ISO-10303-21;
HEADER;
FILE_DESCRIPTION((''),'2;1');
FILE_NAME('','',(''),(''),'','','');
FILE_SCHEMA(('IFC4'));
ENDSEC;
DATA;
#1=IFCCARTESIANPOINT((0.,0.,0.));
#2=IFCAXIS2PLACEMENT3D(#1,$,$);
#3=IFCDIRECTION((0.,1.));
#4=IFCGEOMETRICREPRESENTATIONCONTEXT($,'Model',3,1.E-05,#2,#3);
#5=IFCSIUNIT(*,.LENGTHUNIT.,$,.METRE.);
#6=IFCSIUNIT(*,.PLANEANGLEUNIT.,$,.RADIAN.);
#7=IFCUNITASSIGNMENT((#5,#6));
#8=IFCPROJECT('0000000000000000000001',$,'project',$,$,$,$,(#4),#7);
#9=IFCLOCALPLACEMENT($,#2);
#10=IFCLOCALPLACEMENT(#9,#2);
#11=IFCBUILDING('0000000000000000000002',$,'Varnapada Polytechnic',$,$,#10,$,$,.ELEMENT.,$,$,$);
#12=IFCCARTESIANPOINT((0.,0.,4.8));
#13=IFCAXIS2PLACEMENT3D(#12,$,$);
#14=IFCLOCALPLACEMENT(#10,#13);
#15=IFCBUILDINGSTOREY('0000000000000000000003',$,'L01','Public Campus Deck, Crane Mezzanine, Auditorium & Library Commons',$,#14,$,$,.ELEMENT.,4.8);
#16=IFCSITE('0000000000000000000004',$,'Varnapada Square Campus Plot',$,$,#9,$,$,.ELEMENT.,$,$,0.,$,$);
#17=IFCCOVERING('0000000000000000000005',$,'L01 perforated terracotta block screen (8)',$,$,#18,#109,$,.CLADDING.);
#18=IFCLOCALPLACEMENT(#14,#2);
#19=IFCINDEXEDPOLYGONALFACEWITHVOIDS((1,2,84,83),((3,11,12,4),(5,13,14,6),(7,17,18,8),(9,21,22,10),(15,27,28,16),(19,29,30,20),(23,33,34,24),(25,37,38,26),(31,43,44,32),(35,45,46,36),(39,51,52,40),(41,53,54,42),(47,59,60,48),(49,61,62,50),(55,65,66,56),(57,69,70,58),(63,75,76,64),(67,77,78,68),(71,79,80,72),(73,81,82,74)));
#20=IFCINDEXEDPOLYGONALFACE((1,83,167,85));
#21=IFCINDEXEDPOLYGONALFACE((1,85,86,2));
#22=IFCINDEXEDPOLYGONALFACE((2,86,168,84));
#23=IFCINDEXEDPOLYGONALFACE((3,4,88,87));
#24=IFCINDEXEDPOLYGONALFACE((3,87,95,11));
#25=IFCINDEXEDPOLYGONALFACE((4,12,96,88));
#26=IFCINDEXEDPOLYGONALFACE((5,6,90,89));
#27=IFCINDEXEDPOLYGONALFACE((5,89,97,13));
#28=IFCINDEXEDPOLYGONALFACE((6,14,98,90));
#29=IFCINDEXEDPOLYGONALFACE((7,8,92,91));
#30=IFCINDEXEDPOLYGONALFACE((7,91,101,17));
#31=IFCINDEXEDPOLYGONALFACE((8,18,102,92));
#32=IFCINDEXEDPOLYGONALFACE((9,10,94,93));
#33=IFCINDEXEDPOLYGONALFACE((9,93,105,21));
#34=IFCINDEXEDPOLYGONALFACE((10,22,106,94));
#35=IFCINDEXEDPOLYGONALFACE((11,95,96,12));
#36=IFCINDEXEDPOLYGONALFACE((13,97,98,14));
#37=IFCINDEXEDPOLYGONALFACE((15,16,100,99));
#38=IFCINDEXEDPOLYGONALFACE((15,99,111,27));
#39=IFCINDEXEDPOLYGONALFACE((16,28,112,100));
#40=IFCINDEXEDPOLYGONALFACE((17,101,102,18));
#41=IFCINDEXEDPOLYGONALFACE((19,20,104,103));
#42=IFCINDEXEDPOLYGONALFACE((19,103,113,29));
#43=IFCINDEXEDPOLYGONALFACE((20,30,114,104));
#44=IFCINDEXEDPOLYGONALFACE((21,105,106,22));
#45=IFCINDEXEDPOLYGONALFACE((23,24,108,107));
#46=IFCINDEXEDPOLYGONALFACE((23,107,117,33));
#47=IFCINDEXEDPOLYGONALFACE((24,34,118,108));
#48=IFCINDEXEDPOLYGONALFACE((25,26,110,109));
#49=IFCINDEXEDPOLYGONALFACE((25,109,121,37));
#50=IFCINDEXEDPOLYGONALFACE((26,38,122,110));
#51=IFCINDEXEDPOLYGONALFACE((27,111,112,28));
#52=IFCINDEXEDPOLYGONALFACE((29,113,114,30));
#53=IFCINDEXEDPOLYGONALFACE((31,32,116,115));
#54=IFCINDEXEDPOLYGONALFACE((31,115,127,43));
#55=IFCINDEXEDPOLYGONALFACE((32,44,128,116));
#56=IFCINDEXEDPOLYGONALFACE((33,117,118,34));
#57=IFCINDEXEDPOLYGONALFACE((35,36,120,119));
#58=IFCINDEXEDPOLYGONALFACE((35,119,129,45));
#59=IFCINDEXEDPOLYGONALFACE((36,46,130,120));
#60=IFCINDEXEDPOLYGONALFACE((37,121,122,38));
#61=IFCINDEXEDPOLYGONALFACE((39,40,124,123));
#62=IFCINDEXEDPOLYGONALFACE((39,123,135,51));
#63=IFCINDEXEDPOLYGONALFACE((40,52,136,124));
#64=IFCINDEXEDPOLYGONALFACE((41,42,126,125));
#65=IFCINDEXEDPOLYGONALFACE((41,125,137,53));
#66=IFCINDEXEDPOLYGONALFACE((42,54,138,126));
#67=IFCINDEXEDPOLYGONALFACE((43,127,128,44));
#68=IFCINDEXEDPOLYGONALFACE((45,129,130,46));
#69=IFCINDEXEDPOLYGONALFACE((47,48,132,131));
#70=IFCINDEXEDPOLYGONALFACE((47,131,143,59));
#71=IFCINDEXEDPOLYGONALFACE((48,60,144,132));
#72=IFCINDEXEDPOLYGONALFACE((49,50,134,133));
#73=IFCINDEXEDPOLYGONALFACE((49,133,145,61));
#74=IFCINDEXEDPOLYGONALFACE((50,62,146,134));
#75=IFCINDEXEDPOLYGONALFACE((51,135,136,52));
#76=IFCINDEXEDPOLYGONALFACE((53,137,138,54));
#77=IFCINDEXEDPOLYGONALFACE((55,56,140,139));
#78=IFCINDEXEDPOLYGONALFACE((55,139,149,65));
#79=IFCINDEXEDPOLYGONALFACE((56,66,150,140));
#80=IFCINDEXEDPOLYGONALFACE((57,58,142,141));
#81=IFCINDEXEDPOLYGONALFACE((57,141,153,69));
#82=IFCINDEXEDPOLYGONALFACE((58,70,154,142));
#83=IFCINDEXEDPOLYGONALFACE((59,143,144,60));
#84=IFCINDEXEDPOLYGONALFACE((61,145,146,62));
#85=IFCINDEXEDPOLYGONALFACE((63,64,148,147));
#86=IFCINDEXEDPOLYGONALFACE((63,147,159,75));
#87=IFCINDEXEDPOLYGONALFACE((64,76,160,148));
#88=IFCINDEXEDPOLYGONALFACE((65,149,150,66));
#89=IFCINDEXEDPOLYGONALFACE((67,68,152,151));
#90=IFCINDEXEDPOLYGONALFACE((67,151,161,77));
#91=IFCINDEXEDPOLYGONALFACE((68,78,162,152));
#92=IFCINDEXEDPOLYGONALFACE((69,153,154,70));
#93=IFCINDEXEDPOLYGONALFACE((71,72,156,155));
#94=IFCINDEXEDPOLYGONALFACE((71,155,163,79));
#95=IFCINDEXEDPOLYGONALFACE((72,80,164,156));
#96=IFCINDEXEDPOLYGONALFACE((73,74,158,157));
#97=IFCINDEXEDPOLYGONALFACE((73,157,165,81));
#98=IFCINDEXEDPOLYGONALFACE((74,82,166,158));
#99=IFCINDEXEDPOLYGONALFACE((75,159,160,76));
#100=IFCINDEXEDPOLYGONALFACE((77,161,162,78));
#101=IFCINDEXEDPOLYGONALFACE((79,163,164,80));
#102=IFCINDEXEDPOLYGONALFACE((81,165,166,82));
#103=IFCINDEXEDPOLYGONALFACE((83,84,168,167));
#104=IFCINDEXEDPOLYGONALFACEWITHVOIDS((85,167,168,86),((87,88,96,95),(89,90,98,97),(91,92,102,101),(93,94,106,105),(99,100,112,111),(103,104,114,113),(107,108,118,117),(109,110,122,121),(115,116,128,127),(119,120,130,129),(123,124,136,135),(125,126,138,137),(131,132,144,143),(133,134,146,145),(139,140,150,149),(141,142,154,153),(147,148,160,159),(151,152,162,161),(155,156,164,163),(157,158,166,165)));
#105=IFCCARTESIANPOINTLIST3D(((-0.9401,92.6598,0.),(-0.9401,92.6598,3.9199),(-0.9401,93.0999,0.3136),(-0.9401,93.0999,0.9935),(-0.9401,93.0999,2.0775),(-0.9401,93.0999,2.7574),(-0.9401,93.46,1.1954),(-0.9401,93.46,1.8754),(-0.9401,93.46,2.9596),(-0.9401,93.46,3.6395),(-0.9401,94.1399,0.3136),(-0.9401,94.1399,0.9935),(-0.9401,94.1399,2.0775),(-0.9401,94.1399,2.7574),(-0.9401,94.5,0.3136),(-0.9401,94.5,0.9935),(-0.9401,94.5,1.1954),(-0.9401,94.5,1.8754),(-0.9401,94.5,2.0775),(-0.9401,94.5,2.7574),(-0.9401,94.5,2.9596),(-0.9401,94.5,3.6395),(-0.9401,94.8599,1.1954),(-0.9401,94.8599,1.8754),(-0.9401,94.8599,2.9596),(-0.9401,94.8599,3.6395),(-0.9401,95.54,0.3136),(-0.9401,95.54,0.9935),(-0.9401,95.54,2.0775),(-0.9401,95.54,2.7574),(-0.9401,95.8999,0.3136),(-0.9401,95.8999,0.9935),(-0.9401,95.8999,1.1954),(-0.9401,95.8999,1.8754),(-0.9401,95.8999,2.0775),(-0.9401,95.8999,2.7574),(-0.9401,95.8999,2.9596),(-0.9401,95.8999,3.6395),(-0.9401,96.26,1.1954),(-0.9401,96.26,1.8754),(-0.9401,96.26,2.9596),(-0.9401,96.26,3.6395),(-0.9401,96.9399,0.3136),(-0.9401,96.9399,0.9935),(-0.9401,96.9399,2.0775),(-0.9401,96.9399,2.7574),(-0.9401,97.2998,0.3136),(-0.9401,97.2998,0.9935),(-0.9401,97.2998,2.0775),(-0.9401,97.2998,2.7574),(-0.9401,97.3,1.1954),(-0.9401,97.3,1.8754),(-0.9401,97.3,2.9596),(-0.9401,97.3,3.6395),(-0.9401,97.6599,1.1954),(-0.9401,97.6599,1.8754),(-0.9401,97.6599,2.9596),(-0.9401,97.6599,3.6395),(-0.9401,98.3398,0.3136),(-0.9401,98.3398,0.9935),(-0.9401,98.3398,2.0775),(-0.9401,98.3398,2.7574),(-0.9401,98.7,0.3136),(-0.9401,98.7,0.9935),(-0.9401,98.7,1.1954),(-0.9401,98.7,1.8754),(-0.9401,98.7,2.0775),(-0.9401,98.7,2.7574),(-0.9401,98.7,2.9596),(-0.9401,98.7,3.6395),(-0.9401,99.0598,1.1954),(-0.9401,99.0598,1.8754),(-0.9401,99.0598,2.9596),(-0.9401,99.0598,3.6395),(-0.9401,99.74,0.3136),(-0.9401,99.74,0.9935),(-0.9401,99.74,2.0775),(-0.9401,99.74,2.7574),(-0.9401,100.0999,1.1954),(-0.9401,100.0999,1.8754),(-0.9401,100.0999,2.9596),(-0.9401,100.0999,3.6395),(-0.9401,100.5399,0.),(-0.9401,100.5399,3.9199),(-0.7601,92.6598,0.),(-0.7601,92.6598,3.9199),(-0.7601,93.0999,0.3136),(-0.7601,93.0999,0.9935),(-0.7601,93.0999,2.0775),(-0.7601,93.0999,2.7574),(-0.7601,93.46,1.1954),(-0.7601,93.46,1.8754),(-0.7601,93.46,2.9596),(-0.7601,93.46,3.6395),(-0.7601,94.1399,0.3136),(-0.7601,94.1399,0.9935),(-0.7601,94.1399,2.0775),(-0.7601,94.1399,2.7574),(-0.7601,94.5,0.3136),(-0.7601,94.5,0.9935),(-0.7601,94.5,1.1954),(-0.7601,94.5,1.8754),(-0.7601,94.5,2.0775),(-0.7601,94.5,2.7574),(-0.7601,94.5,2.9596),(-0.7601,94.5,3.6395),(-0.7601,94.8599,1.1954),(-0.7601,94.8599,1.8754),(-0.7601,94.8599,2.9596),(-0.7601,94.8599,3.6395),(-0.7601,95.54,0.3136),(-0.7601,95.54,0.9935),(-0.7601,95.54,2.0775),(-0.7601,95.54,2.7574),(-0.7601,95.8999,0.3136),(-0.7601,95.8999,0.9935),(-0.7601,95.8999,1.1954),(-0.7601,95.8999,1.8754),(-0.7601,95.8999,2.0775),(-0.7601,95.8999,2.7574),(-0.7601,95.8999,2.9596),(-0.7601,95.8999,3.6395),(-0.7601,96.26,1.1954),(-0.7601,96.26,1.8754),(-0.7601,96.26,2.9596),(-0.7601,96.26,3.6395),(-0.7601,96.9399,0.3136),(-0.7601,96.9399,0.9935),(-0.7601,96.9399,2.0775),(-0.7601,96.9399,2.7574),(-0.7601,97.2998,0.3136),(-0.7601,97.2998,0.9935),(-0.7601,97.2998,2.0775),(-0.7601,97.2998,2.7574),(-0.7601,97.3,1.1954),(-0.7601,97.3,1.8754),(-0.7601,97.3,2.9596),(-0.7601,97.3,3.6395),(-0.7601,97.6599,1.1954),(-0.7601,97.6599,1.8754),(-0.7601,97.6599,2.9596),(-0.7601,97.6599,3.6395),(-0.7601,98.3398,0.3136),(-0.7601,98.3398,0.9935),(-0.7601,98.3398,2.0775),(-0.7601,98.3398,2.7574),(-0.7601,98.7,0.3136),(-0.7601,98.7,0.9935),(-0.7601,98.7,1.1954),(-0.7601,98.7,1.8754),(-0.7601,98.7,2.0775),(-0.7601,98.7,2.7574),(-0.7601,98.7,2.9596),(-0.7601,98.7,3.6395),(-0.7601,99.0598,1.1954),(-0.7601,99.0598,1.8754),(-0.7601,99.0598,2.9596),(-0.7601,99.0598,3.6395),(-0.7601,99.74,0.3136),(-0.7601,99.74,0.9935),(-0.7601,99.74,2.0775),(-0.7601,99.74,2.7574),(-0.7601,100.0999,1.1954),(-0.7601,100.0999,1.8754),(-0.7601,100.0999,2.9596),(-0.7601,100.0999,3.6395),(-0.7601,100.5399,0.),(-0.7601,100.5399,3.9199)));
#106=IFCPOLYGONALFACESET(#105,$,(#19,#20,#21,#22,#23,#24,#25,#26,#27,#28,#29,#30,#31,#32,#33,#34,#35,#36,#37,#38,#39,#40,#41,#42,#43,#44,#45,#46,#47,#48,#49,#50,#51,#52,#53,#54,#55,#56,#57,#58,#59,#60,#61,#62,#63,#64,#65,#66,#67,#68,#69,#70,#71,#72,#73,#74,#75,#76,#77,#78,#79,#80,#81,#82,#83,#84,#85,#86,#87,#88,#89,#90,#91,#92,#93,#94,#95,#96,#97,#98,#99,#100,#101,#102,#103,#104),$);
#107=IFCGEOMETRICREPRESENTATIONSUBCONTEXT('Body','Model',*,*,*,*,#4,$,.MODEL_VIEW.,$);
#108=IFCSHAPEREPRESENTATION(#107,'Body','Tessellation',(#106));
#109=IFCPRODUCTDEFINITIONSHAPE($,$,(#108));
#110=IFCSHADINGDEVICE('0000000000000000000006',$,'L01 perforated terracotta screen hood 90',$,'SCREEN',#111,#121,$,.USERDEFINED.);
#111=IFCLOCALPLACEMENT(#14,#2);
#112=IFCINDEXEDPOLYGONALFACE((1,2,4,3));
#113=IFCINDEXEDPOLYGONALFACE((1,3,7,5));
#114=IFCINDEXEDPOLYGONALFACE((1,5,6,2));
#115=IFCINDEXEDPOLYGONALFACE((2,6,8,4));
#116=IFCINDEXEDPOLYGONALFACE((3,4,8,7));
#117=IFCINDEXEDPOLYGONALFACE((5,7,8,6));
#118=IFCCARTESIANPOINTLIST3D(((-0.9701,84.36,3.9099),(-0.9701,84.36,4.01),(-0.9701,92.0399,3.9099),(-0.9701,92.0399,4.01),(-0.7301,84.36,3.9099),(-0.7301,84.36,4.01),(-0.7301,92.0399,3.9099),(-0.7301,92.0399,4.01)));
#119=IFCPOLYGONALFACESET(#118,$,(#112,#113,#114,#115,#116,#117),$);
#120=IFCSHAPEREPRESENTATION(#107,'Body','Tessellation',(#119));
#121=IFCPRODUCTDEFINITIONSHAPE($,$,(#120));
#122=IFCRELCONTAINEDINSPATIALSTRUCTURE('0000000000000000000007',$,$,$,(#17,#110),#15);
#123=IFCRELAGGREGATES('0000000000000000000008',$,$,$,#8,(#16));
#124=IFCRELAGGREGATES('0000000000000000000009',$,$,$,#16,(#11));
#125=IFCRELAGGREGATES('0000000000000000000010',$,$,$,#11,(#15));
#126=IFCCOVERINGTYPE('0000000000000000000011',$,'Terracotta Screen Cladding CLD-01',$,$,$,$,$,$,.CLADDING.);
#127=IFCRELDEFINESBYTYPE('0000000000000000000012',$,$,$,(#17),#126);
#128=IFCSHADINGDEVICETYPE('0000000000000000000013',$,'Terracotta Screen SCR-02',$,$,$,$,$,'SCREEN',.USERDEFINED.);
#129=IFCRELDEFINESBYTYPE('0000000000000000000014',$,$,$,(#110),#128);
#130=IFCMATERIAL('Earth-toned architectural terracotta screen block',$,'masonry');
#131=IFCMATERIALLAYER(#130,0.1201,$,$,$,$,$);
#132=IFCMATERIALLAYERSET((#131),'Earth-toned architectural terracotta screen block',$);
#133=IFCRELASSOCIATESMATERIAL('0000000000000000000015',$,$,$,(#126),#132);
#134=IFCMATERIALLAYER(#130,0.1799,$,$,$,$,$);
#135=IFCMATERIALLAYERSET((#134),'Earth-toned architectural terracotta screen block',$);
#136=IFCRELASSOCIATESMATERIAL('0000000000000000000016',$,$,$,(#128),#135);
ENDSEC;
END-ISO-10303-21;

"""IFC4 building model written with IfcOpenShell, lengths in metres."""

from ifc_helpers import new_model, si_unit, direction, frame, frame_2d, origin, origin_2d, place, context, subcontext, project, spatial, rectangle, extrude, material, layer, layer_set, type_object, element, save


model = new_model("IFC4")

# Units and contexts
model_context = context("Model", 3, precision=1e-05, world=origin(), true_north=direction((0.0, 1.0)))
body_context = subcontext(model_context, "Body", "Model", "MODEL_VIEW")
ifc_project = project(units=[si_unit("LENGTHUNIT", "METRE"), si_unit("PLANEANGLEUNIT", "RADIAN")], contexts=[model_context])

# Site, building, storey
site_placement = place(None, origin())
site = spatial("IfcSite", under=ifc_project, at=site_placement, Name="Varnapada Square Campus Plot", CompositionType="ELEMENT", RefElevation=0.0)
building_placement = place(site_placement, origin())
building = spatial("IfcBuilding", under=site, at=building_placement, Name="Varnapada Polytechnic", CompositionType="ELEMENT")
storey_placement = place(building_placement, frame((0.0, 0.0, 4.8)))
storey = spatial("IfcBuildingStorey", under=building, at=storey_placement, Name="L01", Description="Public Campus Deck, Crane Mezzanine, Auditorium & Library Commons", CompositionType="ELEMENT", Elevation=4.8)

# Covering, openings
ifc_material_1 = material(Name="Earth-toned architectural terracotta screen block", Category="masonry")
ifc_layer_1 = layer(ifc_material_1, 0.1201)
ifc_layer_set_1 = layer_set([ifc_layer_1], Name="Earth-toned architectural terracotta screen block")
covering_type = type_object("IfcCoveringType", Name="Terracotta Screen Cladding CLD-01", PredefinedType="CLADDING", material=ifc_layer_set_1)
covering_placement = place(storey_placement, frame((-0.8501, 92.6599, 0.0), z_axis=(0.0, 0.0, 1.0), x_axis=(0.0, 1.0, 0.0)))
covering = element("IfcCovering", 1, at=covering_placement, inside=storey, type_object=covering_type, Name="L01 perforated terracotta block screen (8)", PredefinedType="CLADDING", context=body_context, shape_type="SweptSolid", body=[
    extrude(rectangle(XDim=7.8801, YDim=0.1799, at=frame_2d((3.9399, 0.0))), origin(), (0.0, 0.0, 1.0), 3.9199),
])
opening_1_placement = place(covering_placement, frame((0.4399, 0.0, 0.3137)))
element("IfcOpeningElement", 2, at=opening_1_placement, cuts=covering, PredefinedType="OPENING", context=body_context, shape_type="SweptSolid", body=[
    extrude(rectangle(XDim=1.04, YDim=0.6799, at=frame_2d((0.52, 0.3398))), frame((0.0, 0.0999, 0.0), z_axis=(0.0, -1.0, 0.0), x_axis=(1.0, 0.0, 0.0)), (0.0, 0.0, 1.0), 0.2),
])
opening_2_placement = place(covering_placement, frame((1.8401, 0.0, 0.3137)))
element("IfcOpeningElement", 3, at=opening_2_placement, cuts=covering, PredefinedType="OPENING", context=body_context, shape_type="SweptSolid", body=[
    extrude(rectangle(XDim=1.04, YDim=0.6799, at=frame_2d((0.52, 0.3398))), frame((0.0, 0.0999, 0.0), z_axis=(0.0, -1.0, 0.0), x_axis=(1.0, 0.0, 0.0)), (0.0, 0.0, 1.0), 0.2),
])
opening_3_placement = place(covering_placement, frame((3.24, 0.0, 0.3137)))
element("IfcOpeningElement", 4, at=opening_3_placement, cuts=covering, PredefinedType="OPENING", context=body_context, shape_type="SweptSolid", body=[
    extrude(rectangle(XDim=1.04, YDim=0.6799, at=frame_2d((0.52, 0.3398))), frame((0.0, 0.0999, 0.0), z_axis=(0.0, -1.0, 0.0), x_axis=(1.0, 0.0, 0.0)), (0.0, 0.0, 1.0), 0.2),
])
opening_4_placement = place(covering_placement, frame((4.6399, 0.0, 0.3137)))
element("IfcOpeningElement", 5, at=opening_4_placement, cuts=covering, PredefinedType="OPENING", context=body_context, shape_type="SweptSolid", body=[
    extrude(rectangle(XDim=1.04, YDim=0.6799, at=frame_2d((0.52, 0.3398))), frame((0.0, 0.0999, 0.0), z_axis=(0.0, -1.0, 0.0), x_axis=(1.0, 0.0, 0.0)), (0.0, 0.0, 1.0), 0.2),
])
opening_5_placement = place(covering_placement, frame((6.04, 0.0, 0.3137)))
element("IfcOpeningElement", 6, at=opening_5_placement, cuts=covering, PredefinedType="OPENING", context=body_context, shape_type="SweptSolid", body=[
    extrude(rectangle(XDim=1.04, YDim=0.6799, at=frame_2d((0.52, 0.3398))), frame((0.0, 0.0999, 0.0), z_axis=(0.0, -1.0, 0.0), x_axis=(1.0, 0.0, 0.0)), (0.0, 0.0, 1.0), 0.2),
])
opening_6_placement = place(covering_placement, frame((0.8, 0.0, 1.1956)))
element("IfcOpeningElement", 7, at=opening_6_placement, cuts=covering, PredefinedType="OPENING", context=body_context, shape_type="SweptSolid", body=[
    extrude(rectangle(XDim=1.04, YDim=0.6799, at=frame_2d((0.52, 0.3398))), frame((0.0, 0.0999, 0.0), z_axis=(0.0, -1.0, 0.0), x_axis=(1.0, 0.0, 0.0)), (0.0, 0.0, 1.0), 0.2),
])
opening_7_placement = place(covering_placement, frame((2.2, 0.0, 1.1956)))
element("IfcOpeningElement", 8, at=opening_7_placement, cuts=covering, PredefinedType="OPENING", context=body_context, shape_type="SweptSolid", body=[
    extrude(rectangle(XDim=1.04, YDim=0.6799, at=frame_2d((0.52, 0.3398))), frame((0.0, 0.0999, 0.0), z_axis=(0.0, -1.0, 0.0), x_axis=(1.0, 0.0, 0.0)), (0.0, 0.0, 1.0), 0.2),
])
opening_8_placement = place(covering_placement, frame((3.6001, 0.0, 1.1956)))
element("IfcOpeningElement", 9, at=opening_8_placement, cuts=covering, PredefinedType="OPENING", context=body_context, shape_type="SweptSolid", body=[
    extrude(rectangle(XDim=1.04, YDim=0.6799, at=frame_2d((0.52, 0.3398))), frame((0.0, 0.0999, 0.0), z_axis=(0.0, -1.0, 0.0), x_axis=(1.0, 0.0, 0.0)), (0.0, 0.0, 1.0), 0.2),
])
opening_9_placement = place(covering_placement, frame((5.0, 0.0, 1.1956)))
element("IfcOpeningElement", 10, at=opening_9_placement, cuts=covering, PredefinedType="OPENING", context=body_context, shape_type="SweptSolid", body=[
    extrude(rectangle(XDim=1.04, YDim=0.6799, at=frame_2d((0.52, 0.3398))), frame((0.0, 0.0999, 0.0), z_axis=(0.0, -1.0, 0.0), x_axis=(1.0, 0.0, 0.0)), (0.0, 0.0, 1.0), 0.2),
])
opening_10_placement = place(covering_placement, frame((6.3999, 0.0, 1.1956)))
element("IfcOpeningElement", 11, at=opening_10_placement, cuts=covering, PredefinedType="OPENING", context=body_context, shape_type="SweptSolid", body=[
    extrude(rectangle(XDim=1.04, YDim=0.6799, at=frame_2d((0.52, 0.3398))), frame((0.0, 0.0999, 0.0), z_axis=(0.0, -1.0, 0.0), x_axis=(1.0, 0.0, 0.0)), (0.0, 0.0, 1.0), 0.2),
])
opening_11_placement = place(covering_placement, frame((0.4399, 0.0, 2.0776)))
element("IfcOpeningElement", 12, at=opening_11_placement, cuts=covering, PredefinedType="OPENING", context=body_context, shape_type="SweptSolid", body=[
    extrude(rectangle(XDim=1.04, YDim=0.6799, at=frame_2d((0.52, 0.3398))), frame((0.0, 0.0999, 0.0), z_axis=(0.0, -1.0, 0.0), x_axis=(1.0, 0.0, 0.0)), (0.0, 0.0, 1.0), 0.2),
])
opening_12_placement = place(covering_placement, frame((1.8401, 0.0, 2.0776)))
element("IfcOpeningElement", 13, at=opening_12_placement, cuts=covering, PredefinedType="OPENING", context=body_context, shape_type="SweptSolid", body=[
    extrude(rectangle(XDim=1.04, YDim=0.6799, at=frame_2d((0.52, 0.3398))), frame((0.0, 0.0999, 0.0), z_axis=(0.0, -1.0, 0.0), x_axis=(1.0, 0.0, 0.0)), (0.0, 0.0, 1.0), 0.2),
])
opening_13_placement = place(covering_placement, frame((3.24, 0.0, 2.0776)))
element("IfcOpeningElement", 14, at=opening_13_placement, cuts=covering, PredefinedType="OPENING", context=body_context, shape_type="SweptSolid", body=[
    extrude(rectangle(XDim=1.04, YDim=0.6799, at=frame_2d((0.52, 0.3398))), frame((0.0, 0.0999, 0.0), z_axis=(0.0, -1.0, 0.0), x_axis=(1.0, 0.0, 0.0)), (0.0, 0.0, 1.0), 0.2),
])
opening_14_placement = place(covering_placement, frame((4.6399, 0.0, 2.0776)))
element("IfcOpeningElement", 15, at=opening_14_placement, cuts=covering, PredefinedType="OPENING", context=body_context, shape_type="SweptSolid", body=[
    extrude(rectangle(XDim=1.04, YDim=0.6799, at=frame_2d((0.52, 0.3398))), frame((0.0, 0.0999, 0.0), z_axis=(0.0, -1.0, 0.0), x_axis=(1.0, 0.0, 0.0)), (0.0, 0.0, 1.0), 0.2),
])
opening_15_placement = place(covering_placement, frame((6.04, 0.0, 2.0776)))
element("IfcOpeningElement", 16, at=opening_15_placement, cuts=covering, PredefinedType="OPENING", context=body_context, shape_type="SweptSolid", body=[
    extrude(rectangle(XDim=1.04, YDim=0.6799, at=frame_2d((0.52, 0.3398))), frame((0.0, 0.0999, 0.0), z_axis=(0.0, -1.0, 0.0), x_axis=(1.0, 0.0, 0.0)), (0.0, 0.0, 1.0), 0.2),
])
opening_16_placement = place(covering_placement, frame((0.8, 0.0, 2.9597)))
element("IfcOpeningElement", 17, at=opening_16_placement, cuts=covering, PredefinedType="OPENING", context=body_context, shape_type="SweptSolid", body=[
    extrude(rectangle(XDim=1.04, YDim=0.6799, at=frame_2d((0.52, 0.3398))), frame((0.0, 0.0999, 0.0), z_axis=(0.0, -1.0, 0.0), x_axis=(1.0, 0.0, 0.0)), (0.0, 0.0, 1.0), 0.2),
])
opening_17_placement = place(covering_placement, frame((2.2, 0.0, 2.9597)))
element("IfcOpeningElement", 18, at=opening_17_placement, cuts=covering, PredefinedType="OPENING", context=body_context, shape_type="SweptSolid", body=[
    extrude(rectangle(XDim=1.04, YDim=0.6799, at=frame_2d((0.52, 0.3398))), frame((0.0, 0.0999, 0.0), z_axis=(0.0, -1.0, 0.0), x_axis=(1.0, 0.0, 0.0)), (0.0, 0.0, 1.0), 0.2),
])
opening_18_placement = place(covering_placement, frame((3.6001, 0.0, 2.9597)))
element("IfcOpeningElement", 19, at=opening_18_placement, cuts=covering, PredefinedType="OPENING", context=body_context, shape_type="SweptSolid", body=[
    extrude(rectangle(XDim=1.04, YDim=0.6799, at=frame_2d((0.52, 0.3398))), frame((0.0, 0.0999, 0.0), z_axis=(0.0, -1.0, 0.0), x_axis=(1.0, 0.0, 0.0)), (0.0, 0.0, 1.0), 0.2),
])
opening_19_placement = place(covering_placement, frame((5.0, 0.0, 2.9597)))
element("IfcOpeningElement", 20, at=opening_19_placement, cuts=covering, PredefinedType="OPENING", context=body_context, shape_type="SweptSolid", body=[
    extrude(rectangle(XDim=1.04, YDim=0.6799, at=frame_2d((0.52, 0.3398))), frame((0.0, 0.0999, 0.0), z_axis=(0.0, -1.0, 0.0), x_axis=(1.0, 0.0, 0.0)), (0.0, 0.0, 1.0), 0.2),
])
opening_20_placement = place(covering_placement, frame((6.3999, 0.0, 2.9597)))
element("IfcOpeningElement", 21, at=opening_20_placement, cuts=covering, PredefinedType="OPENING", context=body_context, shape_type="SweptSolid", body=[
    extrude(rectangle(XDim=1.04, YDim=0.6799, at=frame_2d((0.52, 0.3398))), frame((0.0, 0.0999, 0.0), z_axis=(0.0, -1.0, 0.0), x_axis=(1.0, 0.0, 0.0)), (0.0, 0.0, 1.0), 0.2),
])

# Shading device
ifc_layer_2 = layer(ifc_material_1, 0.1799)
ifc_layer_set_2 = layer_set([ifc_layer_2], Name="Earth-toned architectural terracotta screen block")
shading_device_type = type_object("IfcShadingDeviceType", Name="Terracotta Screen SCR-02", ElementType="SCREEN", PredefinedType="USERDEFINED", material=ifc_layer_set_2)
shading_device_placement = place(storey_placement, frame((-0.8501, 88.2, 3.9099), z_axis=(0.0, 0.0, 1.0), x_axis=(0.0, 1.0, 0.0)))
element("IfcShadingDevice", 22, at=shading_device_placement, inside=storey, type_object=shading_device_type, Name="L01 perforated terracotta screen hood 90", ObjectType="SCREEN", PredefinedType="USERDEFINED", context=body_context, shape_type="SweptSolid", body=[
    extrude(rectangle(XDim=7.6799, YDim=0.24, at=origin_2d()), origin(), (0.0, 0.0, 1.0), 0.1001),
])

save(model, "model.ifc")
